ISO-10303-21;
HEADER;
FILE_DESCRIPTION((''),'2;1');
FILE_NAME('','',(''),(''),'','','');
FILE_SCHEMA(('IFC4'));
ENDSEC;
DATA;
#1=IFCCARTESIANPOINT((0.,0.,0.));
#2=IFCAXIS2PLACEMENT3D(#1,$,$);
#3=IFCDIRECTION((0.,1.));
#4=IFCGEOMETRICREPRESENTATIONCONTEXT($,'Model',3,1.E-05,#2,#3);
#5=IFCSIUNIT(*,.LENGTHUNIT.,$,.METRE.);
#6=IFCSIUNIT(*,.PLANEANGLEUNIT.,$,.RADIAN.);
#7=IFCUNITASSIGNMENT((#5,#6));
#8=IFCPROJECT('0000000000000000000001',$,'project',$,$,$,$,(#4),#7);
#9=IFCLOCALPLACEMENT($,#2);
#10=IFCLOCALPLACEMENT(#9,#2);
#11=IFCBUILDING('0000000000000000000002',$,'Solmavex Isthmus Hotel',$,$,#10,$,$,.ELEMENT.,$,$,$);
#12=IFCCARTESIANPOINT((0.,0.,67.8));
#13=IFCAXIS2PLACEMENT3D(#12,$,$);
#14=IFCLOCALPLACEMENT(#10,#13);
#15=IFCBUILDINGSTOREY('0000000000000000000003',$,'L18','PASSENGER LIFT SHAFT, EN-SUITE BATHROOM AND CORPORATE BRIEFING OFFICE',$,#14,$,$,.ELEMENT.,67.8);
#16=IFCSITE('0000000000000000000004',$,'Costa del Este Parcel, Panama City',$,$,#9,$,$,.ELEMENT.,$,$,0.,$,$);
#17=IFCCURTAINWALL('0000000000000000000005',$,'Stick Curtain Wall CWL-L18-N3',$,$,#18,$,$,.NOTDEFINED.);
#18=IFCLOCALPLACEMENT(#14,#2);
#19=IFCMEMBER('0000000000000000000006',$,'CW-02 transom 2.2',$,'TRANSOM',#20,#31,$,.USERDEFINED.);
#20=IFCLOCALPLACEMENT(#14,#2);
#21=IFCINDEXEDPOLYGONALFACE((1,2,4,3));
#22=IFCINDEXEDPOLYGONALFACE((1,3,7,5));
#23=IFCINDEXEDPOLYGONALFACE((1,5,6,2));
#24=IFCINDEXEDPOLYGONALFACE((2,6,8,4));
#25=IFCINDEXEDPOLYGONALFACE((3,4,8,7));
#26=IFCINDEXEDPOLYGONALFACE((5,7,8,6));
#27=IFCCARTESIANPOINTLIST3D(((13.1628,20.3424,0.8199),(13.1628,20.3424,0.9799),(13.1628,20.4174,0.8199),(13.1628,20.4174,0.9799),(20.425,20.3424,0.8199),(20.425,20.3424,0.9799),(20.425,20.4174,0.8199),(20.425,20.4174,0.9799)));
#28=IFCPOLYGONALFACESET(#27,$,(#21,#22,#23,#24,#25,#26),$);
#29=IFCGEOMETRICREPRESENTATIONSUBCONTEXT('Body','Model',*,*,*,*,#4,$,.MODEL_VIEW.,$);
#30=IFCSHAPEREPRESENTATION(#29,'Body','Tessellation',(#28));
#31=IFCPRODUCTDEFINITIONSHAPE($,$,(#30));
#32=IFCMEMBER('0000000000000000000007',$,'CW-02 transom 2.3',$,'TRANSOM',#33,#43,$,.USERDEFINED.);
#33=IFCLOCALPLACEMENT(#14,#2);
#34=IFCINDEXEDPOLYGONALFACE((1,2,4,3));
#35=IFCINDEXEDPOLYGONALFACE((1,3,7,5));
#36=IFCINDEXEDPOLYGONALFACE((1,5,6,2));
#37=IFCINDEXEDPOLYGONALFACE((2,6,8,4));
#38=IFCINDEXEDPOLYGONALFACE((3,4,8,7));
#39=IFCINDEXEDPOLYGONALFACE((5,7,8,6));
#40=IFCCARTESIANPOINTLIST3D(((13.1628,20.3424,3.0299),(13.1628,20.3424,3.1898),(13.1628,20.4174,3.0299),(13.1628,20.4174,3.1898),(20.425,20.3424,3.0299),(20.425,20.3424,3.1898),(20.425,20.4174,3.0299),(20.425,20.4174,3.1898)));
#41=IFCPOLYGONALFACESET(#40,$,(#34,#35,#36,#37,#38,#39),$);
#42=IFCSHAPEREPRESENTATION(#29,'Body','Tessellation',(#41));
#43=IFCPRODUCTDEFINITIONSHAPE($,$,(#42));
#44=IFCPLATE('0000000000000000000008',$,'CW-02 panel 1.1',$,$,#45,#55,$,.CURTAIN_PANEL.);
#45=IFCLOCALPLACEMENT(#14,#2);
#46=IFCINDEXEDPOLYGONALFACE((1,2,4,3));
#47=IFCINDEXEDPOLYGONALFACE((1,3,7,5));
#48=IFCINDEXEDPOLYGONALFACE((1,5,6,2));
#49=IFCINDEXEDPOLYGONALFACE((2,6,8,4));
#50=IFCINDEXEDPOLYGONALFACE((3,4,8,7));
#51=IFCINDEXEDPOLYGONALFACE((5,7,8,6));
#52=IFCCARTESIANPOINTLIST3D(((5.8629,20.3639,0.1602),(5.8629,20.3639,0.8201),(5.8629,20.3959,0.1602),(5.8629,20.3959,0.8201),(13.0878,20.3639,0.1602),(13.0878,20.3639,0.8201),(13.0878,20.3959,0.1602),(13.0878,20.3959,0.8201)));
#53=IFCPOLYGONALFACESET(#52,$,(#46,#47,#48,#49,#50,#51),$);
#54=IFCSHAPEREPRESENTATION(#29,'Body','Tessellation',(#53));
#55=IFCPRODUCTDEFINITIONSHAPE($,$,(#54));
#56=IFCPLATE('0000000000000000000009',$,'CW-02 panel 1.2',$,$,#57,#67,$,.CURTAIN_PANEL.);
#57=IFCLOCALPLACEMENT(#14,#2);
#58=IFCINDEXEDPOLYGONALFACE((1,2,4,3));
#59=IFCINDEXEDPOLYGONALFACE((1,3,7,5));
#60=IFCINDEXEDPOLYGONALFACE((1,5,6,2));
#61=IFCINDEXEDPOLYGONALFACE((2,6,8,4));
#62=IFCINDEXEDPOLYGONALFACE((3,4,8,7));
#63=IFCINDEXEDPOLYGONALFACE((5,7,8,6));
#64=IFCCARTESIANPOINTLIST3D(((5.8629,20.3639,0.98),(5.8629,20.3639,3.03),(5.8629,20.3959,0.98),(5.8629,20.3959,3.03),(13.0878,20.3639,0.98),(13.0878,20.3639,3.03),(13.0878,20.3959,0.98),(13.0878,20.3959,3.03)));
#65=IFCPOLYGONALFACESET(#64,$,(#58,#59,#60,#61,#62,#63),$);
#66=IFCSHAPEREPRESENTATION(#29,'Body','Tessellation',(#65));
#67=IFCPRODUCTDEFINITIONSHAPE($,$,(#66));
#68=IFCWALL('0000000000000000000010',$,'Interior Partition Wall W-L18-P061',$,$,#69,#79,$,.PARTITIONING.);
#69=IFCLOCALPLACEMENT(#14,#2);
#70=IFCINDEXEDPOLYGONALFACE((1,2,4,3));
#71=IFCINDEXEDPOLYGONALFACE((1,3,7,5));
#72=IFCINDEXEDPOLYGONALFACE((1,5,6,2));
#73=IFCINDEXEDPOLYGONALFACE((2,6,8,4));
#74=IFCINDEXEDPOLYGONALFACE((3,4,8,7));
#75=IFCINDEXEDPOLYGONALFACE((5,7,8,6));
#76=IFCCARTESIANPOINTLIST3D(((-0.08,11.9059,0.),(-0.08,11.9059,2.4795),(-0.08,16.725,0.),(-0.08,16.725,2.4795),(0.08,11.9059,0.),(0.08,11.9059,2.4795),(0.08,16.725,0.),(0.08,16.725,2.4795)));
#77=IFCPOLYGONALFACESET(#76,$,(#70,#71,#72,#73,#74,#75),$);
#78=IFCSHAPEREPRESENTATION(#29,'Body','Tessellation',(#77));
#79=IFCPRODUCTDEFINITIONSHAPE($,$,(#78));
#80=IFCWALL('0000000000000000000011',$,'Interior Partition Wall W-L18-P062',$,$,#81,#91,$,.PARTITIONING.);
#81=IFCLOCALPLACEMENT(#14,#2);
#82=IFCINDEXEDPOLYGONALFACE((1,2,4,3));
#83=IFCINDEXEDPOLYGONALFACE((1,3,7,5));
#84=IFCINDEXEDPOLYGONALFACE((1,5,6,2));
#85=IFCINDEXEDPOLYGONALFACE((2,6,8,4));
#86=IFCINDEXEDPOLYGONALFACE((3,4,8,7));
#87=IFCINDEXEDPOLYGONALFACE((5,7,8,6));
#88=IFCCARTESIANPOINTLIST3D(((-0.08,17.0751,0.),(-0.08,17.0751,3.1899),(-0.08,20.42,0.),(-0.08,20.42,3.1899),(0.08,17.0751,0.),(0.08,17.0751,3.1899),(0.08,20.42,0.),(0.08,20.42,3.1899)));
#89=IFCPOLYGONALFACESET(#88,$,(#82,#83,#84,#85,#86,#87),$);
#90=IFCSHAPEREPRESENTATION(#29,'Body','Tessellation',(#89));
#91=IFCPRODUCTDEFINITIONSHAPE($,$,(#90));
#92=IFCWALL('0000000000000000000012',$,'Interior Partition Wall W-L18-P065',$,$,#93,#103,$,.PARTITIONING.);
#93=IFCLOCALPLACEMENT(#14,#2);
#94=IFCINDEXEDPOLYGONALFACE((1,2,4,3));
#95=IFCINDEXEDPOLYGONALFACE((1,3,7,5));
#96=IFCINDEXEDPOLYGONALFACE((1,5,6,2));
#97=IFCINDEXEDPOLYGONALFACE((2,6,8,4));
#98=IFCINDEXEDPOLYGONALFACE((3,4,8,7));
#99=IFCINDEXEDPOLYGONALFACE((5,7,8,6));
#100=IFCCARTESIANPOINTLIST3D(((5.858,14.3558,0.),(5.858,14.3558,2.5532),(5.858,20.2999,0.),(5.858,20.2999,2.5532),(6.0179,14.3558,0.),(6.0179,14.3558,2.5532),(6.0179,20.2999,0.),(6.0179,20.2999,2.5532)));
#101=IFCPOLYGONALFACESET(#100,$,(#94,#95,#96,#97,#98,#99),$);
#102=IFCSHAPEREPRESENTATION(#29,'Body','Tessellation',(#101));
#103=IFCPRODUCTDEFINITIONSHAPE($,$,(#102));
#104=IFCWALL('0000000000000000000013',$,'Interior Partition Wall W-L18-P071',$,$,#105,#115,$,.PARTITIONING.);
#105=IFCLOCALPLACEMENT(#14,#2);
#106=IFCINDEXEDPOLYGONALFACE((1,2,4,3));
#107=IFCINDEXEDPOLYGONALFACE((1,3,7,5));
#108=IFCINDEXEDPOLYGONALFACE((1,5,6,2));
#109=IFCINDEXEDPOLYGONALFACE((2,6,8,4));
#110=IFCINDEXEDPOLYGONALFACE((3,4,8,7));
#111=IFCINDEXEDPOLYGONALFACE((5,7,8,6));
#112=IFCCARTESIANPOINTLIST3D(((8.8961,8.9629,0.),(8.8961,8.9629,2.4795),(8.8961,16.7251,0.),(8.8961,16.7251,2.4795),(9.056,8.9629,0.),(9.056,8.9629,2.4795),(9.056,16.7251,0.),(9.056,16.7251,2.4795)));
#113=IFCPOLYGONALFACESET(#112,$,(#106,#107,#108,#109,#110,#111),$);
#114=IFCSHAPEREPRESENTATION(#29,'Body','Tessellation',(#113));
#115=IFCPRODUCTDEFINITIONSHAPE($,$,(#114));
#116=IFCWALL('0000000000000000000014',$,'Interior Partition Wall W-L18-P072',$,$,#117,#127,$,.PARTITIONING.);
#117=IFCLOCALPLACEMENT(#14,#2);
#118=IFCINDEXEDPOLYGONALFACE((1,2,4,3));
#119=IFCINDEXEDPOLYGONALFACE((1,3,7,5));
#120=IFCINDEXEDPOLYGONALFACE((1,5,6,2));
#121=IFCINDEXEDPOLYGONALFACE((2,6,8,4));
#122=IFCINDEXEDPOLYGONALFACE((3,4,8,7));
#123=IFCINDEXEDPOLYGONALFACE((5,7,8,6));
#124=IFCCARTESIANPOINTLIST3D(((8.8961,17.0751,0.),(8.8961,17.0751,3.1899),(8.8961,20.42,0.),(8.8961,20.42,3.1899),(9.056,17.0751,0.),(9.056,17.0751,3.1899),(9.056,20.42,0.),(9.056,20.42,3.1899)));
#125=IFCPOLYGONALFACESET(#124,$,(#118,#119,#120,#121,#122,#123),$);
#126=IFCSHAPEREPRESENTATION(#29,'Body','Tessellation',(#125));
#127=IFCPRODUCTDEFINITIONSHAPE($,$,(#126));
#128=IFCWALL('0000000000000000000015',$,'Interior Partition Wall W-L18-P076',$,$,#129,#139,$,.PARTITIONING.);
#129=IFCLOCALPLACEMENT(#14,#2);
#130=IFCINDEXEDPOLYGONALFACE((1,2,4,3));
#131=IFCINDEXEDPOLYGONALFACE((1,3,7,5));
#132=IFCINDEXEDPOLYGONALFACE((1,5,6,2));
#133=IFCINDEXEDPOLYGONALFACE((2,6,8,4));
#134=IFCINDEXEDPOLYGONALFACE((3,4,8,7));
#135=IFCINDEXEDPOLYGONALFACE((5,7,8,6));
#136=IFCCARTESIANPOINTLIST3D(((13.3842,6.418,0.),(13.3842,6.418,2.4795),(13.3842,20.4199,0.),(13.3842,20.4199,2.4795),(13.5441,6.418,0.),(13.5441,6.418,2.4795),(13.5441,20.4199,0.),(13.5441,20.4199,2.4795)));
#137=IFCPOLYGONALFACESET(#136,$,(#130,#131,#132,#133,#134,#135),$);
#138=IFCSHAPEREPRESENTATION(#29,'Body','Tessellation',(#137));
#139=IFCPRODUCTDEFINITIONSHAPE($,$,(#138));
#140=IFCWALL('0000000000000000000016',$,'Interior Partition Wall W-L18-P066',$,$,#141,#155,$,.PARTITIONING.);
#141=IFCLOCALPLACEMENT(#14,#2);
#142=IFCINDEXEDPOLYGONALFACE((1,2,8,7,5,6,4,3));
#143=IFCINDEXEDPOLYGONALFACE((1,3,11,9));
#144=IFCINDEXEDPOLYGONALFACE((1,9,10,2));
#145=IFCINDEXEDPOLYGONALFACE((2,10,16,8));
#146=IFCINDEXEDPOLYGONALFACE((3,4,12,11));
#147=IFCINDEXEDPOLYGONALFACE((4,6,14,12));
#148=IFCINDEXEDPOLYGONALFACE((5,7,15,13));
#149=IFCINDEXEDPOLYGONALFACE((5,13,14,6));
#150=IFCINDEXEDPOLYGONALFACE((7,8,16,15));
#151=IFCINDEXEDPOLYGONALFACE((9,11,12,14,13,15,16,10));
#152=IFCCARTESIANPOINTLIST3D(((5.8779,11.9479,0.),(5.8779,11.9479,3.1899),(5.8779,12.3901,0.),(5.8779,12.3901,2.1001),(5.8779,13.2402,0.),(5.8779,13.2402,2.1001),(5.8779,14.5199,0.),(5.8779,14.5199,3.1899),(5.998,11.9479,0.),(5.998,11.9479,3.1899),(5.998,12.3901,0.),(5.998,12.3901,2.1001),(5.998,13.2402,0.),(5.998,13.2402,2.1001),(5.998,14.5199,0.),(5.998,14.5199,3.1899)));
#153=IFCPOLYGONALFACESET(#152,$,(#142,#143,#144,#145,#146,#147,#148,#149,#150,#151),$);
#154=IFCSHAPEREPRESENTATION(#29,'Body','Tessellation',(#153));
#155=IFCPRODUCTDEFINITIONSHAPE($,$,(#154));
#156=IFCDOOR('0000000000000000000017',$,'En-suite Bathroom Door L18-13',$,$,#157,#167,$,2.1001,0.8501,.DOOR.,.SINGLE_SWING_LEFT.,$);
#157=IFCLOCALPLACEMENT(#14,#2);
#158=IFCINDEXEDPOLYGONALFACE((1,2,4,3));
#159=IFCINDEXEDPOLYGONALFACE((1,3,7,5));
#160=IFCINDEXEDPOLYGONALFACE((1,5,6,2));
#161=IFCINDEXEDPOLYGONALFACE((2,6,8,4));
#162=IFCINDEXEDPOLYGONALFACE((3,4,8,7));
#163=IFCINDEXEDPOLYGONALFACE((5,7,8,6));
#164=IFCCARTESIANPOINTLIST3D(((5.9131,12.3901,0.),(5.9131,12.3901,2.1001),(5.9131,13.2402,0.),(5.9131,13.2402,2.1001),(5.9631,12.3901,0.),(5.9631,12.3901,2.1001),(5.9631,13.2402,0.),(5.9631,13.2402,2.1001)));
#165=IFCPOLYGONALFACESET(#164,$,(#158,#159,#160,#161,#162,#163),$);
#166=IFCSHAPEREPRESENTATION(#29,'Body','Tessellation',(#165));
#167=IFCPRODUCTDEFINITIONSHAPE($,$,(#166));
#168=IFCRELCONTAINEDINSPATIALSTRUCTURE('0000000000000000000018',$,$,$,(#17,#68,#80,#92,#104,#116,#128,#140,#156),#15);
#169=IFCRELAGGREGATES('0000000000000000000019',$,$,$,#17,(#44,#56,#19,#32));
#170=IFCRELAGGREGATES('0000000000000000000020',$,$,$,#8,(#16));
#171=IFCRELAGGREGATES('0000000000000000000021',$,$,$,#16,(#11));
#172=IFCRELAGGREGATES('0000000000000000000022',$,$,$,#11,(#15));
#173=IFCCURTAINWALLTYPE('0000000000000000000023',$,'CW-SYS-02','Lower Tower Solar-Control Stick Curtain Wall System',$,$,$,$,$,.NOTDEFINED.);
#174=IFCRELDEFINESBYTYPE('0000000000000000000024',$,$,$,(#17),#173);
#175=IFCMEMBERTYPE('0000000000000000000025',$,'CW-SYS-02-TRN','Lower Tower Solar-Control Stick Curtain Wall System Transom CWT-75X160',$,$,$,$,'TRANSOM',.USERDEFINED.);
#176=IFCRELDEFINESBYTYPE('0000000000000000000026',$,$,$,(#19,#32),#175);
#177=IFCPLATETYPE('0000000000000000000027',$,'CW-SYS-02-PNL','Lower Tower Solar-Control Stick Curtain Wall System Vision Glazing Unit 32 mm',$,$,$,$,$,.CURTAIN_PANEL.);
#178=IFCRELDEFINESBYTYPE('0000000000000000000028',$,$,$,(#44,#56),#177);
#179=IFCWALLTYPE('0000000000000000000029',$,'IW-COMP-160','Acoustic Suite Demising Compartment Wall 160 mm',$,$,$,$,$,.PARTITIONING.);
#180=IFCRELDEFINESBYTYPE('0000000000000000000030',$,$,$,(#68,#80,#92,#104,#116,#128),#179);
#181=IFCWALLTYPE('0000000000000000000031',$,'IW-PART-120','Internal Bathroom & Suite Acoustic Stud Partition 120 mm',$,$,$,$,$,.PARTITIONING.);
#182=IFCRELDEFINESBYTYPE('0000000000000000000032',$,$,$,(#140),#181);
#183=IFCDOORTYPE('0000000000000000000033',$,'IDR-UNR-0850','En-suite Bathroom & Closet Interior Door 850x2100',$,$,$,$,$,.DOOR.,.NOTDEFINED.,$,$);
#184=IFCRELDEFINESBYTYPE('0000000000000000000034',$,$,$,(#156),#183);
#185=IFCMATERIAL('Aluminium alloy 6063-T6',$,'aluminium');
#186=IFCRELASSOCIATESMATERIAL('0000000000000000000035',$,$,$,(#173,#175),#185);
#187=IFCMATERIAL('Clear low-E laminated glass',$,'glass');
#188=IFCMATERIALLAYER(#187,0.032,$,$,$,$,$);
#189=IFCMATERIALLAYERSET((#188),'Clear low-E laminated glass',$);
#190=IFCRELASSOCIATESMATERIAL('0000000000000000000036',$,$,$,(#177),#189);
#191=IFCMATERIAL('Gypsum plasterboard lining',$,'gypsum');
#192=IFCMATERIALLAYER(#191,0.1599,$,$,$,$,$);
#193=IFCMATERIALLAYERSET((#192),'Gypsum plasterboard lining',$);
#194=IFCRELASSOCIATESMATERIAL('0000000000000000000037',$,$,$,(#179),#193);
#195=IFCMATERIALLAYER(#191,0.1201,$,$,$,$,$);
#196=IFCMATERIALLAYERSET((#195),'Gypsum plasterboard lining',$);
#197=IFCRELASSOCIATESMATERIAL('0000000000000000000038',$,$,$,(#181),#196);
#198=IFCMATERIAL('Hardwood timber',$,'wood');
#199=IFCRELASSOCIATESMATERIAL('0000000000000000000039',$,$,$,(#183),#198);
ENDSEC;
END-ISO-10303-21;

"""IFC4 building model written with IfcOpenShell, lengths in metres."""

from ifc_helpers import new_model, si_unit, direction, frame, frame_2d, origin, origin_2d, place, context, subcontext, project, spatial, rectangle, extrude, material, layer, layer_set, material_profile, profile_set, type_object, element, fill, aggregate, save


model = new_model("IFC4")

# Units and contexts
model_context = context("Model", 3, precision=1e-05, world=origin(), true_north=direction((0.0, 1.0)))
body_context = subcontext(model_context, "Body", "Model", "MODEL_VIEW")
ifc_project = project(units=[si_unit("LENGTHUNIT", "METRE"), si_unit("PLANEANGLEUNIT", "RADIAN")], contexts=[model_context])

# Site, building, storey
site_placement = place(None, origin())
site = spatial("IfcSite", under=ifc_project, at=site_placement, Name="Costa del Este Parcel, Panama City", CompositionType="ELEMENT", RefElevation=0.0)
building_placement = place(site_placement, origin())
building = spatial("IfcBuilding", under=site, at=building_placement, Name="Solmavex Isthmus Hotel", CompositionType="ELEMENT")
storey_placement = place(building_placement, frame((0.0, 0.0, 67.8)))
storey = spatial("IfcBuildingStorey", under=building, at=storey_placement, Name="L18", Description="PASSENGER LIFT SHAFT, EN-SUITE BATHROOM AND CORPORATE BRIEFING OFFICE", CompositionType="ELEMENT", Elevation=67.8)

# Shared definitions
ifc_material_1 = material(Name="Aluminium alloy 6063-T6", Category="aluminium")
curtain_wall_type = type_object("IfcCurtainWallType", Name="CW-SYS-02", Description="Lower Tower Solar-Control Stick Curtain Wall System", PredefinedType="NOTDEFINED", material=ifc_material_1)

# Curtain wall, members, plates
curtain_wall_1_placement = place(storey_placement, origin())
curtain_wall_1 = element("IfcCurtainWall", 1, at=curtain_wall_1_placement, inside=storey, type_object=curtain_wall_type, Name="Stick Curtain Wall CWL-L18-N3", PredefinedType="NOTDEFINED")
ifc_material_profile_1 = material_profile(ifc_material_1, rectangle(XDim=0.075, YDim=0.1599, at=origin_2d()), Name="CWT-75X160")
ifc_profile_set_1 = profile_set([ifc_material_profile_1], Name="Aluminium alloy 6063-T6")
member_type_1 = type_object("IfcMemberType", Name="CW-SYS-02-TRN", Description="Lower Tower Solar-Control Stick Curtain Wall System Transom CWT-75X160", ElementType="TRANSOM", PredefinedType="USERDEFINED", material=ifc_profile_set_1)
member_1_placement = place(storey_placement, frame((13.1628, 20.3799, 0.8999), z_axis=(1.0, 0.0, 0.0), x_axis=(0.0, 1.0, 0.0)))
member_1 = element("IfcMember", 2, at=member_1_placement, type_object=member_type_1, Name="CW-02 transom 2.2", ObjectType="TRANSOM", PredefinedType="USERDEFINED", context=body_context, shape_type="SweptSolid", body=[
    extrude(rectangle(XDim=0.075, YDim=0.1599, at=origin_2d()), origin(), (0.0, 0.0, 1.0), 7.2622),
])
member_2_placement = place(storey_placement, frame((13.1628, 20.3799, 3.1099), z_axis=(1.0, 0.0, 0.0), x_axis=(0.0, 1.0, 0.0)))
member_2 = element("IfcMember", 3, at=member_2_placement, type_object=member_type_1, Name="CW-02 transom 2.3", ObjectType="TRANSOM", PredefinedType="USERDEFINED", context=body_context, shape_type="SweptSolid", body=[
    extrude(rectangle(XDim=0.075, YDim=0.1599, at=origin_2d()), origin(), (0.0, 0.0, 1.0), 7.2622),
])
ifc_material_2 = material(Name="Clear low-E laminated glass", Category="glass")
ifc_layer_1 = layer(ifc_material_2, 0.032)
ifc_layer_set_1 = layer_set([ifc_layer_1], Name="Clear low-E laminated glass")
plate_type = type_object("IfcPlateType", Name="CW-SYS-02-PNL", Description="Lower Tower Solar-Control Stick Curtain Wall System Vision Glazing Unit 32 mm", PredefinedType="CURTAIN_PANEL", material=ifc_layer_set_1)
plate_1_placement = place(storey_placement, frame((9.4753, 20.3799, 0.1602), z_axis=(0.0, 0.0, 1.0), x_axis=(1.0, 0.0, 0.0)))
plate_1 = element("IfcPlate", 4, at=plate_1_placement, type_object=plate_type, Name="CW-02 panel 1.1", PredefinedType="CURTAIN_PANEL", context=body_context, shape_type="SweptSolid", body=[
    extrude(rectangle(XDim=7.2249, YDim=0.032, at=origin_2d()), origin(), (0.0, 0.0, 1.0), 0.6599),
])
plate_2_placement = place(storey_placement, frame((9.4753, 20.3799, 0.98), z_axis=(0.0, 0.0, 1.0), x_axis=(1.0, 0.0, 0.0)))
plate_2 = element("IfcPlate", 5, at=plate_2_placement, type_object=plate_type, Name="CW-02 panel 1.2", PredefinedType="CURTAIN_PANEL", context=body_context, shape_type="SweptSolid", body=[
    extrude(rectangle(XDim=7.2249, YDim=0.032, at=origin_2d()), origin(), (0.0, 0.0, 1.0), 2.05),
])
aggregate(curtain_wall_1, [plate_1, plate_2, member_1, member_2])

# Walls
ifc_material_3 = material(Name="Gypsum plasterboard lining", Category="gypsum")
ifc_layer_2 = layer(ifc_material_3, 0.1599)
ifc_layer_set_2 = layer_set([ifc_layer_2], Name="Gypsum plasterboard lining")
wall_type_1 = type_object("IfcWallType", Name="IW-COMP-160", Description="Acoustic Suite Demising Compartment Wall 160 mm", PredefinedType="PARTITIONING", material=ifc_layer_set_2)
wall_1_placement = place(storey_placement, frame((0.0, 16.7251, 0.0), z_axis=(0.0, 0.0, 1.0), x_axis=(0.0, -1.0, 0.0)))
element("IfcWall", 6, at=wall_1_placement, inside=storey, type_object=wall_type_1, Name="Interior Partition Wall W-L18-P061", PredefinedType="PARTITIONING", context=body_context, shape_type="SweptSolid", body=[
    extrude(rectangle(XDim=4.8191, YDim=0.1599, at=frame_2d((2.4097, 0.0))), origin(), (0.0, 0.0, 1.0), 2.4795),
])
wall_2_placement = place(storey_placement, frame((0.0, 20.4199, 0.0), z_axis=(0.0, 0.0, 1.0), x_axis=(0.0, -1.0, 0.0)))
element("IfcWall", 7, at=wall_2_placement, inside=storey, type_object=wall_type_1, Name="Interior Partition Wall W-L18-P062", PredefinedType="PARTITIONING", context=body_context, shape_type="SweptSolid", body=[
    extrude(rectangle(XDim=3.345, YDim=0.1599, at=frame_2d((1.6724, 0.0))), origin(), (0.0, 0.0, 1.0), 3.1899),
])
wall_3_placement = place(storey_placement, frame((5.938, 20.3, 0.0), z_axis=(0.0, 0.0, 1.0), x_axis=(0.0, -1.0, 0.0)))
element("IfcWall", 8, at=wall_3_placement, inside=storey, type_object=wall_type_1, Name="Interior Partition Wall W-L18-P065", PredefinedType="PARTITIONING", context=body_context, shape_type="SweptSolid", body=[
    extrude(rectangle(XDim=5.9441, YDim=0.1599, at=frame_2d((2.9722, 0.0))), origin(), (0.0, 0.0, 1.0), 2.5532),
])
wall_4_placement = place(storey_placement, frame((8.9761, 16.7251, 0.0), z_axis=(0.0, 0.0, 1.0), x_axis=(0.0, -1.0, 0.0)))
element("IfcWall", 9, at=wall_4_placement, inside=storey, type_object=wall_type_1, Name="Interior Partition Wall W-L18-P071", PredefinedType="PARTITIONING", context=body_context, shape_type="SweptSolid", body=[
    extrude(rectangle(XDim=7.7622, YDim=0.1599, at=frame_2d((3.8811, 0.0))), origin(), (0.0, 0.0, 1.0), 2.4795),
])
wall_5_placement = place(storey_placement, frame((8.9761, 20.4199, 0.0), z_axis=(0.0, 0.0, 1.0), x_axis=(0.0, -1.0, 0.0)))
element("IfcWall", 10, at=wall_5_placement, inside=storey, type_object=wall_type_1, Name="Interior Partition Wall W-L18-P072", PredefinedType="PARTITIONING", context=body_context, shape_type="SweptSolid", body=[
    extrude(rectangle(XDim=3.345, YDim=0.1599, at=frame_2d((1.6724, 0.0))), origin(), (0.0, 0.0, 1.0), 3.1899),
])
wall_6_placement = place(storey_placement, frame((13.4641, 20.4199, 0.0), z_axis=(0.0, 0.0, 1.0), x_axis=(0.0, -1.0, 0.0)))
element("IfcWall", 11, at=wall_6_placement, inside=storey, type_object=wall_type_1, Name="Interior Partition Wall W-L18-P076", PredefinedType="PARTITIONING", context=body_context, shape_type="SweptSolid", body=[
    extrude(rectangle(XDim=14.002, YDim=0.1599, at=frame_2d((7.001, 0.0))), origin(), (0.0, 0.0, 1.0), 2.4795),
])

# Wall, opening, door
ifc_layer_3 = layer(ifc_material_3, 0.1201)
ifc_layer_set_3 = layer_set([ifc_layer_3], Name="Gypsum plasterboard lining")
wall_type_2 = type_object("IfcWallType", Name="IW-PART-120", Description="Internal Bathroom & Suite Acoustic Stud Partition 120 mm", PredefinedType="PARTITIONING", material=ifc_layer_set_3)
wall_7_placement = place(storey_placement, frame((5.938, 14.52, 0.0), z_axis=(0.0, 0.0, 1.0), x_axis=(0.0, -1.0, 0.0)))
wall_7 = element("IfcWall", 12, at=wall_7_placement, inside=storey, type_object=wall_type_2, Name="Interior Partition Wall W-L18-P066", PredefinedType="PARTITIONING", context=body_context, shape_type="SweptSolid", body=[
    extrude(rectangle(XDim=2.572, YDim=0.1201, at=frame_2d((1.2861, 0.0))), origin(), (0.0, 0.0, 1.0), 3.1899),
])
opening_1_placement = place(wall_7_placement, frame((1.2798, 0.0, 0.0)))
opening_1 = element("IfcOpeningElement", 13, at=opening_1_placement, cuts=wall_7, PredefinedType="OPENING", context=body_context, shape_type="SweptSolid", body=[
    extrude(rectangle(XDim=0.8501, YDim=2.1001, at=frame_2d((0.425, 1.05))), frame((0.0, 0.0701, 0.0), z_axis=(0.0, -1.0, 0.0), x_axis=(1.0, 0.0, 0.0)), (0.0, 0.0, 1.0), 0.1401),
])
ifc_material_4 = material(Name="Hardwood timber", Category="wood")
door_type_1 = type_object("IfcDoorType", Name="IDR-UNR-0850", Description="En-suite Bathroom & Closet Interior Door 850x2100", OperationType="NOTDEFINED", PredefinedType="DOOR", material=ifc_material_4)
door_1_placement = place(opening_1_placement, frame((0.8501, 0.0, 0.0), z_axis=(0.0, 0.0, 1.0), x_axis=(-1.0, 0.0, 0.0)))
door_1 = element("IfcDoor", 14, at=door_1_placement, inside=storey, type_object=door_type_1, Name="En-suite Bathroom Door L18-13", OperationType="SINGLE_SWING_LEFT", OverallHeight=2.1001, OverallWidth=0.8501, PredefinedType="DOOR", context=body_context, shape_type="SweptSolid", body=[
    extrude(rectangle(XDim=0.8501, YDim=2.1001, at=frame_2d((0.425, 1.05))), frame((0.0, 0.0249, 0.0), z_axis=(0.0, -1.0, 0.0), x_axis=(1.0, 0.0, 0.0)), (0.0, 0.0, 1.0), 0.05),
])
fill(opening_1, door_1)

save(model, "model.ifc")
